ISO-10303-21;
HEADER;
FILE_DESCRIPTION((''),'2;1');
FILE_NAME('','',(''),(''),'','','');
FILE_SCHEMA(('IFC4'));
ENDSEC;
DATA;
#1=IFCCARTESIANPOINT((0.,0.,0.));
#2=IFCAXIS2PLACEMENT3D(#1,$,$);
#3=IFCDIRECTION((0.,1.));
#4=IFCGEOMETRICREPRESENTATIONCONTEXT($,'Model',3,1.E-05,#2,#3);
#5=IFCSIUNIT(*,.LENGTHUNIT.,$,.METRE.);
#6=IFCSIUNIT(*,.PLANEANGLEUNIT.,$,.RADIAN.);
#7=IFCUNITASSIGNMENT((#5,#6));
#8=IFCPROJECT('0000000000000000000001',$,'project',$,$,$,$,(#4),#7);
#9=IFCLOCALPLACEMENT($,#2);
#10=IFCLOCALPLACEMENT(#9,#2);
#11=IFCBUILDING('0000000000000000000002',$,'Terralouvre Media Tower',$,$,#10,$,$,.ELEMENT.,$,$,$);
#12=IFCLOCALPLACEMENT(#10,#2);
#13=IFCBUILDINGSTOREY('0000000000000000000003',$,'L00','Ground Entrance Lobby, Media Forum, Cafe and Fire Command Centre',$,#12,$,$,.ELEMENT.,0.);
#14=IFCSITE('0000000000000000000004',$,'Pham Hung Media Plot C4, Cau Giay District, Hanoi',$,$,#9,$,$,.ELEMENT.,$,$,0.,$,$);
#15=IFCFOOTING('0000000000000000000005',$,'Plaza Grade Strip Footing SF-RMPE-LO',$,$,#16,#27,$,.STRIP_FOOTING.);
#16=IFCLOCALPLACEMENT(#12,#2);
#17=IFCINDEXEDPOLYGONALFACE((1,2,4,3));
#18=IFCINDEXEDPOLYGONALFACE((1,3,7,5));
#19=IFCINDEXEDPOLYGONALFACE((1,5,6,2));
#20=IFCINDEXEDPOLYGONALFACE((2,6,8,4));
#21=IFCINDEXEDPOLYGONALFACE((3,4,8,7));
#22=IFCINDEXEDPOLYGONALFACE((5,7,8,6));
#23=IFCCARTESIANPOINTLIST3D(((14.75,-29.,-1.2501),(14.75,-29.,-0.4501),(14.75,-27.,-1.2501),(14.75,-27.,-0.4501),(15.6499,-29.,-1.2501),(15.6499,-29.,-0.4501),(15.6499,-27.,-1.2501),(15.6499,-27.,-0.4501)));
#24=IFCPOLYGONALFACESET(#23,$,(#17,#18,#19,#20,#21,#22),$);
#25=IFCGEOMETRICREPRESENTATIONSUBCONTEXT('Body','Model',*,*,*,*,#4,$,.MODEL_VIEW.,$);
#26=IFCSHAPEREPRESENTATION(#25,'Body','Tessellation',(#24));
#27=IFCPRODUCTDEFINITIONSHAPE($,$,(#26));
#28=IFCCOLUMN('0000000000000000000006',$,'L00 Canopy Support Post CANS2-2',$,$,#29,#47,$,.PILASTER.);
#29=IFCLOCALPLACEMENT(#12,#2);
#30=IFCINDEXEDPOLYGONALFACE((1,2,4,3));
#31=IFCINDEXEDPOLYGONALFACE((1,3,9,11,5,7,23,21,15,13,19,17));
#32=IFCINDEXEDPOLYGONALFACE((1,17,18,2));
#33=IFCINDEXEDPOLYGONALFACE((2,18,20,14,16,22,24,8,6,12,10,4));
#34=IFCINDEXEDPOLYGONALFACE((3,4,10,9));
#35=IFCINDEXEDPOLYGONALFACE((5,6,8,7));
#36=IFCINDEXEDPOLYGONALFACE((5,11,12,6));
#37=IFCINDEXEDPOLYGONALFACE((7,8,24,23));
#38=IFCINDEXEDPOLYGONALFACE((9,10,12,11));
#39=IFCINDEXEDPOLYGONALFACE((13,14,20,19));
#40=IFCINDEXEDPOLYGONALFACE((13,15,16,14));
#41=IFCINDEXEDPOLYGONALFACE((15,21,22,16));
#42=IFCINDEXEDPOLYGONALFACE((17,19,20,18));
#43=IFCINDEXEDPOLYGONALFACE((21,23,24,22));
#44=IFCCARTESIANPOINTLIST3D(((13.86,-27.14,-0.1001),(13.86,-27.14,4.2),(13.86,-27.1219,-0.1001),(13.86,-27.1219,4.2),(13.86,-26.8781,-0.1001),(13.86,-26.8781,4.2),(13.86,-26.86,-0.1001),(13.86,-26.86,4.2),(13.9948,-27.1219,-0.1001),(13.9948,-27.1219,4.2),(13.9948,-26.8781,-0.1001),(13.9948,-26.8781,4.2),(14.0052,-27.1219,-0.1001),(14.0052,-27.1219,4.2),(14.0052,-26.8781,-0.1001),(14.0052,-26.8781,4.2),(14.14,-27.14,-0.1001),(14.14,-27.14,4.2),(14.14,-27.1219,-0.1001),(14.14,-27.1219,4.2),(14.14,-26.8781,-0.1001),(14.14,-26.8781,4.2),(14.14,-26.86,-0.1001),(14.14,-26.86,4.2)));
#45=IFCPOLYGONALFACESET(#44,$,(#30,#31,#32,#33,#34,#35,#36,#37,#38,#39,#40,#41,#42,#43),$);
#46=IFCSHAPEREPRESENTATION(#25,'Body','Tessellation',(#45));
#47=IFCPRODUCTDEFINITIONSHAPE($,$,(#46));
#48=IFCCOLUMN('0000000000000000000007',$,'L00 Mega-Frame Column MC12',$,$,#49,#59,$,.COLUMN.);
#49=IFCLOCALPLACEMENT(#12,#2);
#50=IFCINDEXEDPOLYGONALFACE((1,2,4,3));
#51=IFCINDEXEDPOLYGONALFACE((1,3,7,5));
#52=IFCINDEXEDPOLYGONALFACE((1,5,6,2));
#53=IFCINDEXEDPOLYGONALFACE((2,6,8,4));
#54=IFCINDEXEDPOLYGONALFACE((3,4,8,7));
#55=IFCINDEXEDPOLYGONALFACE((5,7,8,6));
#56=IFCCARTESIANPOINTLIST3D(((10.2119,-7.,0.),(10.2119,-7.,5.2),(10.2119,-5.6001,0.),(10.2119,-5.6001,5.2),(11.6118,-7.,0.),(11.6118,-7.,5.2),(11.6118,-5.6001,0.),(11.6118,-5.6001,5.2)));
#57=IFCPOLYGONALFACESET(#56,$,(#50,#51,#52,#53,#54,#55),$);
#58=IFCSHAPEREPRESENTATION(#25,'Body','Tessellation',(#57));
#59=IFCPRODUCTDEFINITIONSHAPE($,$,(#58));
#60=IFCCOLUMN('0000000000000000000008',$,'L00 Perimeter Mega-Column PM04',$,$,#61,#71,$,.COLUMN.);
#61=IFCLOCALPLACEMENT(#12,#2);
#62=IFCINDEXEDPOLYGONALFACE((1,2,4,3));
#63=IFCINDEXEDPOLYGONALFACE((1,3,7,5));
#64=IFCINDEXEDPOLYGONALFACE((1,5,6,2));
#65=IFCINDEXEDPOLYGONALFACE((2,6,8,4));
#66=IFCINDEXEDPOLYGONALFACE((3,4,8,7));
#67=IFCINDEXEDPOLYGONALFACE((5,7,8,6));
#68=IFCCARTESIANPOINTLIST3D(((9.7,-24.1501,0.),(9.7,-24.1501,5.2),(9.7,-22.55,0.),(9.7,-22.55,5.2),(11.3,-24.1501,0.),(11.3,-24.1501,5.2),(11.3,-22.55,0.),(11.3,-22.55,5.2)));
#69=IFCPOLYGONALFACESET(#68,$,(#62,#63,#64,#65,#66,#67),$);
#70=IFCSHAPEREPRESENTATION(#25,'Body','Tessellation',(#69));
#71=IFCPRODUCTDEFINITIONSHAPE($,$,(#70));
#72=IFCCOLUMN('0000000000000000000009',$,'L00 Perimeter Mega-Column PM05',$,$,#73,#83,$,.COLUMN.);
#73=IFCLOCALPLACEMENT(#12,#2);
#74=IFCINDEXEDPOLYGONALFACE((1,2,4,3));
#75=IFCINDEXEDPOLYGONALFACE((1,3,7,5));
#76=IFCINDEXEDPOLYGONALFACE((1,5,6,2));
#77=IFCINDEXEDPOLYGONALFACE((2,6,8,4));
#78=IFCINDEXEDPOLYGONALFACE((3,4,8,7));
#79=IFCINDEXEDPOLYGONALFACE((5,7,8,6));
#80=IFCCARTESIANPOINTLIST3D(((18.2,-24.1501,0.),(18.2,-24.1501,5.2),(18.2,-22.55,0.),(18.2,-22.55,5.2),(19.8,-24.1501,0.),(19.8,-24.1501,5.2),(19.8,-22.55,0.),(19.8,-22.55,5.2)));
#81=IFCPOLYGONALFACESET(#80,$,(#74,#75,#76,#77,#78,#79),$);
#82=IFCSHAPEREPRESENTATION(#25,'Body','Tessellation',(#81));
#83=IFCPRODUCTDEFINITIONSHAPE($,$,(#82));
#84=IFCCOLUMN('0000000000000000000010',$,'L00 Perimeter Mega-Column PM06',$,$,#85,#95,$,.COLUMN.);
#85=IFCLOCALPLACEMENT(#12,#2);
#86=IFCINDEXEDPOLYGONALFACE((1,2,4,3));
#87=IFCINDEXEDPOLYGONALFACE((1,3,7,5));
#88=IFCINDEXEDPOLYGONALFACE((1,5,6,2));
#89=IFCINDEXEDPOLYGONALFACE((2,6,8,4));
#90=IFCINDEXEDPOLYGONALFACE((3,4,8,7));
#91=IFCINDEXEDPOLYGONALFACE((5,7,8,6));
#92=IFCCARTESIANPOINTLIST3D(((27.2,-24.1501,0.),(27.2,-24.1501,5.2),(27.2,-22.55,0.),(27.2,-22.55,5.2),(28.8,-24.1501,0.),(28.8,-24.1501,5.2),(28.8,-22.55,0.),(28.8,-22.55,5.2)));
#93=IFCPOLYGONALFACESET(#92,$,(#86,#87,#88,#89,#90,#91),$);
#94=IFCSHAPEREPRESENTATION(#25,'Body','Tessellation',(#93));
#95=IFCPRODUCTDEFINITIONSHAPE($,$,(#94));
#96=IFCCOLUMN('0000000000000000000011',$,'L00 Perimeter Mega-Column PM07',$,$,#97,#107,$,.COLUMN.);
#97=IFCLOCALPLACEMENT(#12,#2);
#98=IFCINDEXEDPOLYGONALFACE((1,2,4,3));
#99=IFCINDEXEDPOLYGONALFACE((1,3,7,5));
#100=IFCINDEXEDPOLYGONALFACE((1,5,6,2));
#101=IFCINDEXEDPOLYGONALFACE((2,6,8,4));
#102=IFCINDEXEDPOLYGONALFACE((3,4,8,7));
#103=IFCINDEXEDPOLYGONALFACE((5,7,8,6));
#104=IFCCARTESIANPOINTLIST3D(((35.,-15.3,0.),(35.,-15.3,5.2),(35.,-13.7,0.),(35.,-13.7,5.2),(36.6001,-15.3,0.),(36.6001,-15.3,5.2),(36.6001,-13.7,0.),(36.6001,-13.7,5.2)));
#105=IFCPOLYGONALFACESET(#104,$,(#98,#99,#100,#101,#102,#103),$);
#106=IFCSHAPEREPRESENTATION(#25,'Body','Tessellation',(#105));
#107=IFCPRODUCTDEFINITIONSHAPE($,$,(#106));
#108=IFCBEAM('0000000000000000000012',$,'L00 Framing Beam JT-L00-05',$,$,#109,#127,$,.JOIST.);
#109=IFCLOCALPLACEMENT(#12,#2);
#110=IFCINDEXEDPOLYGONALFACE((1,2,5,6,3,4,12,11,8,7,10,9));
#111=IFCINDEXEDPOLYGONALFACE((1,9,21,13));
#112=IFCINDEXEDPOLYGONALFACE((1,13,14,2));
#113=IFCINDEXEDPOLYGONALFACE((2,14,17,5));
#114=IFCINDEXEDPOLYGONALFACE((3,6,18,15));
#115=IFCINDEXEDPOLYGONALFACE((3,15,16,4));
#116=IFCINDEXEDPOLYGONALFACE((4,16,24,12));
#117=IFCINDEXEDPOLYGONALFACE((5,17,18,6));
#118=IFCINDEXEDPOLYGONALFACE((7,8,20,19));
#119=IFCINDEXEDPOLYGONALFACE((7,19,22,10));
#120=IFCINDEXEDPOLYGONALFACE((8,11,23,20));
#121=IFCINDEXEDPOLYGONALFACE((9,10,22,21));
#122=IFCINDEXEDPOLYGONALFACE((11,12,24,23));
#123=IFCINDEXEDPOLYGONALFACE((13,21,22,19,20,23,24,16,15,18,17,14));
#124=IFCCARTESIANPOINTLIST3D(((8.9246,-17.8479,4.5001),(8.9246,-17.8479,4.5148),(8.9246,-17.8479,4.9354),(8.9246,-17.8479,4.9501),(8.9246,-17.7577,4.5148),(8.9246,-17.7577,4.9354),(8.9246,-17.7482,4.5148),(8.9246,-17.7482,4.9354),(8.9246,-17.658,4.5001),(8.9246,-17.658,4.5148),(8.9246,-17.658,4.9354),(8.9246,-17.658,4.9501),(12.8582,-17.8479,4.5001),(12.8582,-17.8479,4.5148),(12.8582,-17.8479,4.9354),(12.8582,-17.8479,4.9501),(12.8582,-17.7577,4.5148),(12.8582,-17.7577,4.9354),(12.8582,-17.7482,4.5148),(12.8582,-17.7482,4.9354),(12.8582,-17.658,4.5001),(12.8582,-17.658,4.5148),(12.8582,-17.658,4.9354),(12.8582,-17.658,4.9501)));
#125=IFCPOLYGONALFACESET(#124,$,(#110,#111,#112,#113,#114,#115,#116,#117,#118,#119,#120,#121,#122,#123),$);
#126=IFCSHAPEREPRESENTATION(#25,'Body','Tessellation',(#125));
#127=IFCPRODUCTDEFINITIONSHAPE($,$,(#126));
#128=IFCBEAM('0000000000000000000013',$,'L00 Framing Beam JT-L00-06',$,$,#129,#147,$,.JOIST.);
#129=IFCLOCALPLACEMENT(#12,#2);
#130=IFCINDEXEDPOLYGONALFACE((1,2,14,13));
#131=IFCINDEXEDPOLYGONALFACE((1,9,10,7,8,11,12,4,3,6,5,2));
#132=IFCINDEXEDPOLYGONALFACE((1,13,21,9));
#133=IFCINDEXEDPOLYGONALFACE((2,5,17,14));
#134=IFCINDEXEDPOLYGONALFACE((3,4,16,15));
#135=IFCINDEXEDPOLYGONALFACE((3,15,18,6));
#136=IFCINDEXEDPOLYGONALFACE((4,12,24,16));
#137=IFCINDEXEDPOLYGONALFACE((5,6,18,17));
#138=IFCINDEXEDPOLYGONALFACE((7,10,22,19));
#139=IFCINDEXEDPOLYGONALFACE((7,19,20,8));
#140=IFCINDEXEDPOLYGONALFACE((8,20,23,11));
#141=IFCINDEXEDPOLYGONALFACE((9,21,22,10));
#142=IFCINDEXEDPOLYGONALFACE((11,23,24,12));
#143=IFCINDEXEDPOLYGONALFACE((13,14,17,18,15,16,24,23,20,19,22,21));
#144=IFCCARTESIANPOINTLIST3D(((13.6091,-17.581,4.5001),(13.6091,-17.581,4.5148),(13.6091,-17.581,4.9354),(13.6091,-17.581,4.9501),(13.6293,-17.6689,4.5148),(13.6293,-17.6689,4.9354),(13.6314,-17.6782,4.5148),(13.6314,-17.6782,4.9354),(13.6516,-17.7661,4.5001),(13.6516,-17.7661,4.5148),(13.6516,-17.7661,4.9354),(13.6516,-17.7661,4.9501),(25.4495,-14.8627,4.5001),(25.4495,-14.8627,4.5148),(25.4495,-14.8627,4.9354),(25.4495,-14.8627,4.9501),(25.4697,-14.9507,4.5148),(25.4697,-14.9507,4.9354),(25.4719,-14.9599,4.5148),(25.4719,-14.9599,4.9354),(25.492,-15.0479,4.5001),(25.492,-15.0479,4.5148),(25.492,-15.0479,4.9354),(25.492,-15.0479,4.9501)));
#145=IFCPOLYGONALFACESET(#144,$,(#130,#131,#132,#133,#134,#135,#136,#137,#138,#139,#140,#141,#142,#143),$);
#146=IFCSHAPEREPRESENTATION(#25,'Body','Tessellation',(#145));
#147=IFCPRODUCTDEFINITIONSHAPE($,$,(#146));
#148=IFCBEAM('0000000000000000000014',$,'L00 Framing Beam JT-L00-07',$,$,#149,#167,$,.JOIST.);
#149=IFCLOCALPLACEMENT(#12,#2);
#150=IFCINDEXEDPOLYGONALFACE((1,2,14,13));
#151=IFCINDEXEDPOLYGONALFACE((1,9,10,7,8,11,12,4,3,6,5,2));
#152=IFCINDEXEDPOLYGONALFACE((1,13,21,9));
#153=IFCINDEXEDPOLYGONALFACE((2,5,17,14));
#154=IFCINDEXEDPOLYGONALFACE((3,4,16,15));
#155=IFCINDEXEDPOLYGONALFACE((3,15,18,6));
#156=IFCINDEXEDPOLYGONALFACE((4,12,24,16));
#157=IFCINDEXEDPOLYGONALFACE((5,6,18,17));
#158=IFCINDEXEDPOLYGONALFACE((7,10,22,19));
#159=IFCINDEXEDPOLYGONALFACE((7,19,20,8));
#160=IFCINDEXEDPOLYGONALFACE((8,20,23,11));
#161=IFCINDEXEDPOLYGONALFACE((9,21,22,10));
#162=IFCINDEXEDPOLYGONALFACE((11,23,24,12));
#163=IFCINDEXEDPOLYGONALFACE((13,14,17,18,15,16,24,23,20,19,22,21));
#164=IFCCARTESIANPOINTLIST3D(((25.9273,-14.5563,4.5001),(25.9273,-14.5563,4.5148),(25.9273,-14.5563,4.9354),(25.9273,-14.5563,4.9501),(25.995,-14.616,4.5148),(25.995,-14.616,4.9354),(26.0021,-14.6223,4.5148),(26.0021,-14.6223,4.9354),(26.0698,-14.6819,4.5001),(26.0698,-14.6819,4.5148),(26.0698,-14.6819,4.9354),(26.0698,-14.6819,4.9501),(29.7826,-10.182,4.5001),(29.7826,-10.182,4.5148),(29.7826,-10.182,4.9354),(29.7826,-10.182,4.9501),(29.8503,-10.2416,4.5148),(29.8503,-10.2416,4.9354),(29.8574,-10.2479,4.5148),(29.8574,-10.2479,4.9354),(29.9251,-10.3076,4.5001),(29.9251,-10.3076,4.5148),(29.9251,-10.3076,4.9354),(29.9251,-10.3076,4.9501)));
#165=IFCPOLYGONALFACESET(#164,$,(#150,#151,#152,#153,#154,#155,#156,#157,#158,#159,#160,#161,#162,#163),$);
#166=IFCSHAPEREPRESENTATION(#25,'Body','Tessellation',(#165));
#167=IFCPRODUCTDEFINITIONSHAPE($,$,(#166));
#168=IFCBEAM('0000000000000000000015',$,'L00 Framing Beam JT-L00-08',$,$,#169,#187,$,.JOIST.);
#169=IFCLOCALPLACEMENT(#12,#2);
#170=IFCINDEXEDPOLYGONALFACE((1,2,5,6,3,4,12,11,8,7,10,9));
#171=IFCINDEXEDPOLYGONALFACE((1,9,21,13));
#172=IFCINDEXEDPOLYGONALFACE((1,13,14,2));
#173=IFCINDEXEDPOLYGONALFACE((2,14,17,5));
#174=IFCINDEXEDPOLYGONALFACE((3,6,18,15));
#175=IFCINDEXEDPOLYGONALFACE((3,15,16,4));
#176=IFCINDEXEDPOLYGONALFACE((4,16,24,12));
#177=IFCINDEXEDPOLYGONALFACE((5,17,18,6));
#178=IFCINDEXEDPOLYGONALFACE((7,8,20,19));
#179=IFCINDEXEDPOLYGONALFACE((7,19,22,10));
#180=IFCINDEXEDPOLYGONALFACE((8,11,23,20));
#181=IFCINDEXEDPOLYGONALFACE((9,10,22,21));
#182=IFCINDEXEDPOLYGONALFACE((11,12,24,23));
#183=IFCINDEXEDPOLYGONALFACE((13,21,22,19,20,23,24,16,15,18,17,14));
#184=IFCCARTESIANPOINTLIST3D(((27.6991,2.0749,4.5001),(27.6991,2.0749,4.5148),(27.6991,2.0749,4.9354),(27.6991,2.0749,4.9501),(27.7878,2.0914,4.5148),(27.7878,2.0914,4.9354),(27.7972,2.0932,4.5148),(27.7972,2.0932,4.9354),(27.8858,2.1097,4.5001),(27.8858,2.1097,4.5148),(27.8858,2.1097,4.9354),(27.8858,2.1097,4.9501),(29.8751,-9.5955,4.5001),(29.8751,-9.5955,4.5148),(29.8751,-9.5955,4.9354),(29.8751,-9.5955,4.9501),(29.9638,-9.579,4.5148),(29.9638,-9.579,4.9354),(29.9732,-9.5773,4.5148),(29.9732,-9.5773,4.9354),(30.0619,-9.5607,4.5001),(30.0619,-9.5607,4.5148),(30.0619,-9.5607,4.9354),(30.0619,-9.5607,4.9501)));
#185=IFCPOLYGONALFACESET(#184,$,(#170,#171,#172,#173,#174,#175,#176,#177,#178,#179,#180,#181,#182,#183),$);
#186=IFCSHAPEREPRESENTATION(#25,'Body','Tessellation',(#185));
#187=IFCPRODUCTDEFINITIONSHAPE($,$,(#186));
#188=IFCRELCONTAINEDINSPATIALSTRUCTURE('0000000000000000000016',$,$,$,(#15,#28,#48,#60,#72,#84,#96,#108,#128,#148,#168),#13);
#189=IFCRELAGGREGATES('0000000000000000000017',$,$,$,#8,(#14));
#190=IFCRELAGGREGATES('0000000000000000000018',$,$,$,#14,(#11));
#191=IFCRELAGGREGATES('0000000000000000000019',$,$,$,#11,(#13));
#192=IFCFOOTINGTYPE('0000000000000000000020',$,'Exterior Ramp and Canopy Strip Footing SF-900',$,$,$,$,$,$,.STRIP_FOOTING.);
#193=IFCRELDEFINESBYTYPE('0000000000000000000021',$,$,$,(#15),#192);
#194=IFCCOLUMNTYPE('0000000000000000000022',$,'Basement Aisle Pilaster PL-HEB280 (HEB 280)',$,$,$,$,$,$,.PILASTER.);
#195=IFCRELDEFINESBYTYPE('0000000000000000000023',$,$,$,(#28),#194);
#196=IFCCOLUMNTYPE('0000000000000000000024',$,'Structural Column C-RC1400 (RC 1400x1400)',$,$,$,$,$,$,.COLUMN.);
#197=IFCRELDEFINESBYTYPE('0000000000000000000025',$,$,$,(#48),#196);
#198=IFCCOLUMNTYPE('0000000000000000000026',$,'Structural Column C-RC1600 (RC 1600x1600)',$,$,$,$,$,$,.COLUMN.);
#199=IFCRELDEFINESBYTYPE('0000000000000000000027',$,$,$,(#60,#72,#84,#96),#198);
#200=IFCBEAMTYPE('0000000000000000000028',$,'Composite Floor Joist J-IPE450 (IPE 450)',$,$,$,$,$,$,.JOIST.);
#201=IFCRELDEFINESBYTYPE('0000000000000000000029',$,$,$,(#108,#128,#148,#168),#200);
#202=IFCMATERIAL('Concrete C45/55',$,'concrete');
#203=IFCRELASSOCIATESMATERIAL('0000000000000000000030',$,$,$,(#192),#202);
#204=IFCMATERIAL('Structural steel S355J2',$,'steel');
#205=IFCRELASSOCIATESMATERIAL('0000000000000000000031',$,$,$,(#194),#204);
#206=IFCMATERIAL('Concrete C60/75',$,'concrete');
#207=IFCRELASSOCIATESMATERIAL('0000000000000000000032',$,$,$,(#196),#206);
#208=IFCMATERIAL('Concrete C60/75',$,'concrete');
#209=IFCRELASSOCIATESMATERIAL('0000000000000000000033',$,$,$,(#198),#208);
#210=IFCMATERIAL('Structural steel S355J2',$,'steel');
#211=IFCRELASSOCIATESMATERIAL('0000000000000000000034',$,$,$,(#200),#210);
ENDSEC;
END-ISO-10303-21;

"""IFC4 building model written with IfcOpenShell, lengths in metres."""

from ifc_helpers import new_model, si_unit, direction, frame, origin, origin_2d, place, context, subcontext, project, spatial, rectangle, i_section, extrude, material, material_profile, profile_set, type_object, element, save


model = new_model("IFC4")

# Units and contexts
model_context = context("Model", 3, precision=1e-05, world=origin(), true_north=direction((0.0, 1.0)))
body_context = subcontext(model_context, "Body", "Model", "MODEL_VIEW")
ifc_project = project(units=[si_unit("LENGTHUNIT", "METRE"), si_unit("PLANEANGLEUNIT", "RADIAN")], contexts=[model_context])

# Site, building, storey
site_placement = place(None, origin())
site = spatial("IfcSite", under=ifc_project, at=site_placement, Name="Pham Hung Media Plot C4, Cau Giay District, Hanoi", CompositionType="ELEMENT", RefElevation=0.0)
building_placement = place(site_placement, origin())
building = spatial("IfcBuilding", under=site, at=building_placement, Name="Terralouvre Media Tower", CompositionType="ELEMENT")
storey_placement = place(building_placement, origin())
storey = spatial("IfcBuildingStorey", under=building, at=storey_placement, Name="L00", Description="Ground Entrance Lobby, Media Forum, Cafe and Fire Command Centre", CompositionType="ELEMENT", Elevation=0.0)

# Footing
ifc_material_1 = material(Name="Concrete C45/55", Category="concrete")
ifc_material_profile_1 = material_profile(ifc_material_1, rectangle(XDim=0.8999, YDim=0.8, at=origin_2d()), Name="SF 900x800")
ifc_profile_set_1 = profile_set([ifc_material_profile_1], Name="Concrete C45/55")
footing_type = type_object("IfcFootingType", Name="Exterior Ramp and Canopy Strip Footing SF-900", PredefinedType="STRIP_FOOTING", material=ifc_profile_set_1)
footing_placement = place(storey_placement, frame((15.2, -29.0, -0.8501), z_axis=(0.0, 1.0, 0.0), x_axis=(-1.0, 0.0, 0.0)))
element("IfcFooting", 1, at=footing_placement, inside=storey, type_object=footing_type, Name="Plaza Grade Strip Footing SF-RMPE-LO", PredefinedType="STRIP_FOOTING", context=body_context, shape_type="SweptSolid", body=[
    extrude(rectangle(XDim=0.8999, YDim=0.8, at=origin_2d()), origin(), (0.0, 0.0, 1.0), 2.0),
])

# Columns
ifc_material_2 = material(Name="Structural steel S355J2", Category="steel")
ifc_material_profile_2 = material_profile(ifc_material_2, i_section(OverallWidth=0.28, OverallDepth=0.28, WebThickness=0.0105, FlangeThickness=0.0181, at=origin_2d()), Name="HEB 280")
ifc_profile_set_2 = profile_set([ifc_material_profile_2], Name="Structural steel S355J2")
column_type_1 = type_object("IfcColumnType", Name="Basement Aisle Pilaster PL-HEB280 (HEB 280)", PredefinedType="PILASTER", material=ifc_profile_set_2)
column_1_placement = place(storey_placement, frame((14.0, -27.0, -0.1001), z_axis=(0.0, 0.0, 1.0), x_axis=(1.0, 0.0, 0.0)))
element("IfcColumn", 2, at=column_1_placement, inside=storey, type_object=column_type_1, Name="L00 Canopy Support Post CANS2-2", PredefinedType="PILASTER", context=body_context, shape_type="SweptSolid", body=[
    extrude(i_section(OverallWidth=0.28, OverallDepth=0.28, WebThickness=0.0105, FlangeThickness=0.0181, at=origin_2d()), origin(), (0.0, 0.0, 1.0), 4.3),
])
ifc_material_3 = material(Name="Concrete C60/75", Category="concrete")
ifc_material_profile_3 = material_profile(ifc_material_3, rectangle(XDim=1.3999, YDim=1.3999, at=origin_2d()), Name="RC 1400x1400")
ifc_profile_set_3 = profile_set([ifc_material_profile_3], Name="Concrete C60/75")
column_type_2 = type_object("IfcColumnType", Name="Structural Column C-RC1400 (RC 1400x1400)", PredefinedType="COLUMN", material=ifc_profile_set_3)
column_2_placement = place(storey_placement, frame((10.9119, -6.3, 0.0), z_axis=(0.0, 0.0, 1.0), x_axis=(1.0, 0.0, 0.0)))
element("IfcColumn", 3, at=column_2_placement, inside=storey, type_object=column_type_2, Name="L00 Mega-Frame Column MC12", PredefinedType="COLUMN", context=body_context, shape_type="SweptSolid", body=[
    extrude(rectangle(XDim=1.3999, YDim=1.3999, at=origin_2d()), origin(), (0.0, 0.0, 1.0), 5.2),
])
ifc_material_4 = material(Name="Concrete C60/75", Category="concrete")
ifc_material_profile_4 = material_profile(ifc_material_4, rectangle(XDim=1.6001, YDim=1.6001, at=origin_2d()), Name="RC 1600x1600")
ifc_profile_set_4 = profile_set([ifc_material_profile_4], Name="Concrete C60/75")
column_type_3 = type_object("IfcColumnType", Name="Structural Column C-RC1600 (RC 1600x1600)", PredefinedType="COLUMN", material=ifc_profile_set_4)
for number, where, z_axis, x_axis, name in (
    (4, (10.5, -23.3501, 0.0), (0.0, 0.0, 1.0), (1.0, 0.0, 0.0), "L00 Perimeter Mega-Column PM04"),
    (5, (19.0, -23.3501, 0.0), (0.0, 0.0, 1.0), (1.0, 0.0, 0.0), "L00 Perimeter Mega-Column PM05"),
    (6, (28.0, -23.3501, 0.0), (0.0, 0.0, 1.0), (1.0, 0.0, 0.0), "L00 Perimeter Mega-Column PM06"),
    (7, (35.8, -14.5, 0.0), (0.0, 0.0, 1.0), (1.0, 0.0, 0.0), "L00 Perimeter Mega-Column PM07"),
):
    element("IfcColumn", number, at=place(storey_placement, frame(where, z_axis=z_axis, x_axis=x_axis)), inside=storey, type_object=column_type_3, Name=name, PredefinedType="COLUMN", context=body_context, shape_type="SweptSolid", body=[
        extrude(rectangle(XDim=1.6001, YDim=1.6001, at=origin_2d()), origin(), (0.0, 0.0, 1.0), 5.2),
    ])

# Beams
ifc_material_5 = material(Name="Structural steel S355J2", Category="steel")
ifc_material_profile_5 = material_profile(ifc_material_5, i_section(OverallWidth=0.1899, OverallDepth=0.45, WebThickness=0.0095, FlangeThickness=0.0146, at=origin_2d()), Name="IPE 450")
ifc_profile_set_5 = profile_set([ifc_material_profile_5], Name="Structural steel S355J2")
beam_type_1 = type_object("IfcBeamType", Name="Composite Floor Joist J-IPE450 (IPE 450)", PredefinedType="JOIST", material=ifc_profile_set_5)
beam_1_placement = place(storey_placement, frame((8.9246, -17.7529, 4.7251), z_axis=(1.0, 0.0, 0.0), x_axis=(0.0, 1.0, 0.0)))
element("IfcBeam", 8, at=beam_1_placement, inside=storey, type_object=beam_type_1, Name="L00 Framing Beam JT-L00-05", PredefinedType="JOIST", context=body_context, shape_type="SweptSolid", body=[
    extrude(i_section(OverallWidth=0.1899, OverallDepth=0.45, WebThickness=0.0095, FlangeThickness=0.0146, at=origin_2d()), origin(), (0.0, 0.0, 1.0), 3.9336),
])
beam_2_placement = place(storey_placement, frame((13.6304, -17.6736, 4.7251), z_axis=(0.974645, 0.223756, 0.0), x_axis=(-0.223756, 0.974645, 0.0)))
element("IfcBeam", 9, at=beam_2_placement, inside=storey, type_object=beam_type_1, Name="L00 Framing Beam JT-L00-06", PredefinedType="JOIST", context=body_context, shape_type="SweptSolid", body=[
    extrude(i_section(OverallWidth=0.1899, OverallDepth=0.45, WebThickness=0.0095, FlangeThickness=0.0146, at=origin_2d()), origin(), (0.0, 0.0, 1.0), 12.1484),
])
beam_3_placement = place(storey_placement, frame((25.9985, -14.6191, 4.7251), z_axis=(0.661195, 0.750214, 0.0), x_axis=(-0.750214, 0.661195, 0.0)))
element("IfcBeam", 10, at=beam_3_placement, inside=storey, type_object=beam_type_1, Name="L00 Framing Beam JT-L00-07", PredefinedType="JOIST", context=body_context, shape_type="SweptSolid", body=[
    extrude(i_section(OverallWidth=0.1899, OverallDepth=0.45, WebThickness=0.0095, FlangeThickness=0.0146, at=origin_2d()), origin(), (0.0, 0.0, 1.0), 5.8308),
])
beam_4_placement = place(storey_placement, frame((29.9685, -9.5781, 4.7251), z_axis=(-0.183298, 0.983057, 0.0), x_axis=(-0.983057, -0.183298, 0.0)))
element("IfcBeam", 11, at=beam_4_placement, inside=storey, type_object=beam_type_1, Name="L00 Framing Beam JT-L00-08", PredefinedType="JOIST", context=body_context, shape_type="SweptSolid", body=[
    extrude(i_section(OverallWidth=0.1899, OverallDepth=0.45, WebThickness=0.0095, FlangeThickness=0.0146, at=origin_2d()), origin(), (0.0, 0.0, 1.0), 11.8716),
])

save(model, "model.ifc")
